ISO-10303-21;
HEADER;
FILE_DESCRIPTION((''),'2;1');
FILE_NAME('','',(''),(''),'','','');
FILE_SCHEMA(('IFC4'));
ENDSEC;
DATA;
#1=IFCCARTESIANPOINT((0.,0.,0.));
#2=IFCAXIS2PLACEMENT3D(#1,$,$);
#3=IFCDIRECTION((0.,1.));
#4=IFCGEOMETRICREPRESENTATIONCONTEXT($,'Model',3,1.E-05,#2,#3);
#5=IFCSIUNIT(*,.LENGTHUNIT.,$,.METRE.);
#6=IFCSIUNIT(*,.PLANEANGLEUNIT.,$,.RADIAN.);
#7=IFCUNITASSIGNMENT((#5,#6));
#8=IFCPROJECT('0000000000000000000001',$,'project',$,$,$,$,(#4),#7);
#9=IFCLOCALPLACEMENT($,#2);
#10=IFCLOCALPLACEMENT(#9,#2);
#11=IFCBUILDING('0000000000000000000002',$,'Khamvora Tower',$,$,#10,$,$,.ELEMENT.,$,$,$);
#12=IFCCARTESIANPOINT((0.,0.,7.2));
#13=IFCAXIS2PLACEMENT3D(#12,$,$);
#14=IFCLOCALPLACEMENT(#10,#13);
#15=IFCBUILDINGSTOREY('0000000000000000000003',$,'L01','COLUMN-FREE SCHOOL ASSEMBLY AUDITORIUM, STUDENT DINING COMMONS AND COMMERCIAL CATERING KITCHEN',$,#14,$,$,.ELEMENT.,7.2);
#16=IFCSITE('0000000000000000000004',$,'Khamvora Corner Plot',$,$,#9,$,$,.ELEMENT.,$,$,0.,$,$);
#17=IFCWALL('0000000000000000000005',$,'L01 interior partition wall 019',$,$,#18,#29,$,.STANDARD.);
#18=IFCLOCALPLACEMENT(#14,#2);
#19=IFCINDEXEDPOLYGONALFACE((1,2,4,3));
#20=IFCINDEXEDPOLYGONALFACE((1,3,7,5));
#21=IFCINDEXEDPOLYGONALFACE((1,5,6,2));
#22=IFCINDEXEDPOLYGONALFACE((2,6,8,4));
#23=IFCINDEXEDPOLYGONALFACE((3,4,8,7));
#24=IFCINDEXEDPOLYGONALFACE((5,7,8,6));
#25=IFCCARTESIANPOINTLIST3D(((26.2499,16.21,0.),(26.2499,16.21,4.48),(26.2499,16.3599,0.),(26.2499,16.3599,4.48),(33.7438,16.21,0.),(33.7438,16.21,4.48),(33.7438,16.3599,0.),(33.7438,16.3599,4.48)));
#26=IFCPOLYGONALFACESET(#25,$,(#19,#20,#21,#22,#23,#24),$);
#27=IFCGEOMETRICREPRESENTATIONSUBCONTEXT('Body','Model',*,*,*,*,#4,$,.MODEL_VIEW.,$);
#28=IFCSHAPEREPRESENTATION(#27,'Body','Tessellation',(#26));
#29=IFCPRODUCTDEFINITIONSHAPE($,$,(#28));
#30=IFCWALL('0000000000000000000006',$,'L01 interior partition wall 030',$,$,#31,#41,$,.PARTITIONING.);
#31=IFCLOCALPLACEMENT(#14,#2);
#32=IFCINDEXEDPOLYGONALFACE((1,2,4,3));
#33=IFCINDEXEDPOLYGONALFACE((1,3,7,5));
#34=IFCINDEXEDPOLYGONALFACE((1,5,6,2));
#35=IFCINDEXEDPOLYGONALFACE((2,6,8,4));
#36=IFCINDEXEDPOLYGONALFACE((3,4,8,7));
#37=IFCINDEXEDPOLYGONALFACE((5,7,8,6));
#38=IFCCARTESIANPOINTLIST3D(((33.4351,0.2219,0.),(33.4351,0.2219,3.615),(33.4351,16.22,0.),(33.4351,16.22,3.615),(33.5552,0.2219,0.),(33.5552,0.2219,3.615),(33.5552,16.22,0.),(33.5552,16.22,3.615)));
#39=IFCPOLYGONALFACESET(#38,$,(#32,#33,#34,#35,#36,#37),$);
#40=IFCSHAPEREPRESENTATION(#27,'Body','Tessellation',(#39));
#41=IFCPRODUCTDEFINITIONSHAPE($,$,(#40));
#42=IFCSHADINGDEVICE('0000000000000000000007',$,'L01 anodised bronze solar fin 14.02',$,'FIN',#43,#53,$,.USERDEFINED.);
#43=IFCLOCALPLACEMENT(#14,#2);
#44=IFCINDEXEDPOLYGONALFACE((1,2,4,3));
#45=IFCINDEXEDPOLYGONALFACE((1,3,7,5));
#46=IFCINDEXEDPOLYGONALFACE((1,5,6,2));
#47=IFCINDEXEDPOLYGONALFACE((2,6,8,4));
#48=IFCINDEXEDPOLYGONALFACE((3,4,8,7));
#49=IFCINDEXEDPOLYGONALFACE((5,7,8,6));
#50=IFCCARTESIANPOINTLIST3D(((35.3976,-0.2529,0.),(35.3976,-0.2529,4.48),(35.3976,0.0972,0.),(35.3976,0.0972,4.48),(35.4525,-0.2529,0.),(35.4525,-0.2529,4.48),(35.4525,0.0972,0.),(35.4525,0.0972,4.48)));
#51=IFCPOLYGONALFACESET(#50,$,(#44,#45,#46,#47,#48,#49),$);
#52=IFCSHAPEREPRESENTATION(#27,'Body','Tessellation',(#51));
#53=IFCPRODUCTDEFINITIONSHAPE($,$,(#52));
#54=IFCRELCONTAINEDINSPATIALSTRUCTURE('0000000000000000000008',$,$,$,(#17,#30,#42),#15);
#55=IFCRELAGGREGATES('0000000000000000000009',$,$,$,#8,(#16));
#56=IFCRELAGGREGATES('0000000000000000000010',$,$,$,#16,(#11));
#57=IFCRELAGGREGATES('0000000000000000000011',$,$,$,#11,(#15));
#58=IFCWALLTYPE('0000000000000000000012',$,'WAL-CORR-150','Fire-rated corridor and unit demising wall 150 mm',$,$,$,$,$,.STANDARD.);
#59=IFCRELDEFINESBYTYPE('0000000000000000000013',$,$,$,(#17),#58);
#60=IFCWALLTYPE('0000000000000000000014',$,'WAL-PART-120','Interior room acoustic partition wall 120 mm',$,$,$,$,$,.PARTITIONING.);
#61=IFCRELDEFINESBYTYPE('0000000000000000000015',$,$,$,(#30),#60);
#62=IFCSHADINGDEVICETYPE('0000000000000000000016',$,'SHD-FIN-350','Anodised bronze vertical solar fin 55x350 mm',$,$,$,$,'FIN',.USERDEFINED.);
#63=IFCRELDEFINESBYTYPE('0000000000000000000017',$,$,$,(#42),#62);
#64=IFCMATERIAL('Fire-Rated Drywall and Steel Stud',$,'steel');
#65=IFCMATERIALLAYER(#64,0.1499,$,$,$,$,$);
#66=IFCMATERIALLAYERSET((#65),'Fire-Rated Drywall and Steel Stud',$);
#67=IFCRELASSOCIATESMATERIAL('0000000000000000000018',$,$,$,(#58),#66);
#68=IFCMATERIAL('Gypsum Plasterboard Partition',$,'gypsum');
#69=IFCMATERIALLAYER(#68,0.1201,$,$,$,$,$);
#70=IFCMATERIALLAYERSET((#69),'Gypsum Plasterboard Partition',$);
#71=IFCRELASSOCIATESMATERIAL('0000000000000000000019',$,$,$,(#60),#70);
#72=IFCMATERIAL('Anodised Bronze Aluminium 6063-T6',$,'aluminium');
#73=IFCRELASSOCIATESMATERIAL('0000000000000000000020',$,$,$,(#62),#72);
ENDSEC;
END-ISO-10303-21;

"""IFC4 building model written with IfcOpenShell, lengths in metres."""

from ifc_helpers import new_model, si_unit, direction, frame, frame_2d, origin, origin_2d, place, context, subcontext, project, spatial, rectangle, extrude, material, layer, layer_set, type_object, element, save


model = new_model("IFC4")

# Units and contexts
model_context = context("Model", 3, precision=1e-05, world=origin(), true_north=direction((0.0, 1.0)))
body_context = subcontext(model_context, "Body", "Model", "MODEL_VIEW")
ifc_project = project(units=[si_unit("LENGTHUNIT", "METRE"), si_unit("PLANEANGLEUNIT", "RADIAN")], contexts=[model_context])

# Site, building, storey
site_placement = place(None, origin())
site = spatial("IfcSite", under=ifc_project, at=site_placement, Name="Khamvora Corner Plot", CompositionType="ELEMENT", RefElevation=0.0)
building_placement = place(site_placement, origin())
building = spatial("IfcBuilding", under=site, at=building_placement, Name="Khamvora Tower", CompositionType="ELEMENT")
storey_placement = place(building_placement, frame((0.0, 0.0, 7.2)))
storey = spatial("IfcBuildingStorey", under=building, at=storey_placement, Name="L01", Description="COLUMN-FREE SCHOOL ASSEMBLY AUDITORIUM, STUDENT DINING COMMONS AND COMMERCIAL CATERING KITCHEN", CompositionType="ELEMENT", Elevation=7.2)

# Walls
ifc_material_1 = material(Name="Fire-Rated Drywall and Steel Stud", Category="steel")
ifc_layer_1 = layer(ifc_material_1, 0.1499)
ifc_layer_set_1 = layer_set([ifc_layer_1], Name="Fire-Rated Drywall and Steel Stud")
wall_type_1 = type_object("IfcWallType", Name="WAL-CORR-150", Description="Fire-rated corridor and unit demising wall 150 mm", PredefinedType="STANDARD", material=ifc_layer_set_1)
wall_1_placement = place(storey_placement, frame((33.7439, 16.2849, 0.0), z_axis=(0.0, 0.0, 1.0), x_axis=(-1.0, 0.0, 0.0)))
element("IfcWall", 1, at=wall_1_placement, inside=storey, type_object=wall_type_1, Name="L01 interior partition wall 019", PredefinedType="STANDARD", context=body_context, shape_type="SweptSolid", body=[
    extrude(rectangle(XDim=7.4939, YDim=0.1499, at=frame_2d((3.7471, 0.0))), origin(), (0.0, 0.0, 1.0), 4.48),
])
ifc_material_2 = material(Name="Gypsum Plasterboard Partition", Category="gypsum")
ifc_layer_2 = layer(ifc_material_2, 0.1201)
ifc_layer_set_2 = layer_set([ifc_layer_2], Name="Gypsum Plasterboard Partition")
wall_type_2 = type_object("IfcWallType", Name="WAL-PART-120", Description="Interior room acoustic partition wall 120 mm", PredefinedType="PARTITIONING", material=ifc_layer_set_2)
wall_2_placement = place(storey_placement, frame((33.4951, 16.22, 0.0), z_axis=(0.0, 0.0, 1.0), x_axis=(0.0, -1.0, 0.0)))
element("IfcWall", 2, at=wall_2_placement, inside=storey, type_object=wall_type_2, Name="L01 interior partition wall 030", PredefinedType="PARTITIONING", context=body_context, shape_type="SweptSolid", body=[
    extrude(rectangle(XDim=15.998, YDim=0.1201, at=frame_2d((7.999, 0.0))), origin(), (0.0, 0.0, 1.0), 3.615),
])

# Shading device
ifc_material_3 = material(Name="Anodised Bronze Aluminium 6063-T6", Category="aluminium")
shading_device_type = type_object("IfcShadingDeviceType", Name="SHD-FIN-350", Description="Anodised bronze vertical solar fin 55x350 mm", ElementType="FIN", PredefinedType="USERDEFINED", material=ifc_material_3)
shading_device_placement = place(storey_placement, frame((35.425, -0.0779, 0.0), z_axis=(0.0, 0.0, 1.0), x_axis=(-1.0, 0.0, 0.0)))
element("IfcShadingDevice", 3, at=shading_device_placement, inside=storey, type_object=shading_device_type, Name="L01 anodised bronze solar fin 14.02", ObjectType="FIN", PredefinedType="USERDEFINED", context=body_context, shape_type="SweptSolid", body=[
    extrude(rectangle(XDim=0.0549, YDim=0.3501, at=origin_2d()), origin(), (0.0, 0.0, 1.0), 4.48),
])

save(model, "model.ifc")
